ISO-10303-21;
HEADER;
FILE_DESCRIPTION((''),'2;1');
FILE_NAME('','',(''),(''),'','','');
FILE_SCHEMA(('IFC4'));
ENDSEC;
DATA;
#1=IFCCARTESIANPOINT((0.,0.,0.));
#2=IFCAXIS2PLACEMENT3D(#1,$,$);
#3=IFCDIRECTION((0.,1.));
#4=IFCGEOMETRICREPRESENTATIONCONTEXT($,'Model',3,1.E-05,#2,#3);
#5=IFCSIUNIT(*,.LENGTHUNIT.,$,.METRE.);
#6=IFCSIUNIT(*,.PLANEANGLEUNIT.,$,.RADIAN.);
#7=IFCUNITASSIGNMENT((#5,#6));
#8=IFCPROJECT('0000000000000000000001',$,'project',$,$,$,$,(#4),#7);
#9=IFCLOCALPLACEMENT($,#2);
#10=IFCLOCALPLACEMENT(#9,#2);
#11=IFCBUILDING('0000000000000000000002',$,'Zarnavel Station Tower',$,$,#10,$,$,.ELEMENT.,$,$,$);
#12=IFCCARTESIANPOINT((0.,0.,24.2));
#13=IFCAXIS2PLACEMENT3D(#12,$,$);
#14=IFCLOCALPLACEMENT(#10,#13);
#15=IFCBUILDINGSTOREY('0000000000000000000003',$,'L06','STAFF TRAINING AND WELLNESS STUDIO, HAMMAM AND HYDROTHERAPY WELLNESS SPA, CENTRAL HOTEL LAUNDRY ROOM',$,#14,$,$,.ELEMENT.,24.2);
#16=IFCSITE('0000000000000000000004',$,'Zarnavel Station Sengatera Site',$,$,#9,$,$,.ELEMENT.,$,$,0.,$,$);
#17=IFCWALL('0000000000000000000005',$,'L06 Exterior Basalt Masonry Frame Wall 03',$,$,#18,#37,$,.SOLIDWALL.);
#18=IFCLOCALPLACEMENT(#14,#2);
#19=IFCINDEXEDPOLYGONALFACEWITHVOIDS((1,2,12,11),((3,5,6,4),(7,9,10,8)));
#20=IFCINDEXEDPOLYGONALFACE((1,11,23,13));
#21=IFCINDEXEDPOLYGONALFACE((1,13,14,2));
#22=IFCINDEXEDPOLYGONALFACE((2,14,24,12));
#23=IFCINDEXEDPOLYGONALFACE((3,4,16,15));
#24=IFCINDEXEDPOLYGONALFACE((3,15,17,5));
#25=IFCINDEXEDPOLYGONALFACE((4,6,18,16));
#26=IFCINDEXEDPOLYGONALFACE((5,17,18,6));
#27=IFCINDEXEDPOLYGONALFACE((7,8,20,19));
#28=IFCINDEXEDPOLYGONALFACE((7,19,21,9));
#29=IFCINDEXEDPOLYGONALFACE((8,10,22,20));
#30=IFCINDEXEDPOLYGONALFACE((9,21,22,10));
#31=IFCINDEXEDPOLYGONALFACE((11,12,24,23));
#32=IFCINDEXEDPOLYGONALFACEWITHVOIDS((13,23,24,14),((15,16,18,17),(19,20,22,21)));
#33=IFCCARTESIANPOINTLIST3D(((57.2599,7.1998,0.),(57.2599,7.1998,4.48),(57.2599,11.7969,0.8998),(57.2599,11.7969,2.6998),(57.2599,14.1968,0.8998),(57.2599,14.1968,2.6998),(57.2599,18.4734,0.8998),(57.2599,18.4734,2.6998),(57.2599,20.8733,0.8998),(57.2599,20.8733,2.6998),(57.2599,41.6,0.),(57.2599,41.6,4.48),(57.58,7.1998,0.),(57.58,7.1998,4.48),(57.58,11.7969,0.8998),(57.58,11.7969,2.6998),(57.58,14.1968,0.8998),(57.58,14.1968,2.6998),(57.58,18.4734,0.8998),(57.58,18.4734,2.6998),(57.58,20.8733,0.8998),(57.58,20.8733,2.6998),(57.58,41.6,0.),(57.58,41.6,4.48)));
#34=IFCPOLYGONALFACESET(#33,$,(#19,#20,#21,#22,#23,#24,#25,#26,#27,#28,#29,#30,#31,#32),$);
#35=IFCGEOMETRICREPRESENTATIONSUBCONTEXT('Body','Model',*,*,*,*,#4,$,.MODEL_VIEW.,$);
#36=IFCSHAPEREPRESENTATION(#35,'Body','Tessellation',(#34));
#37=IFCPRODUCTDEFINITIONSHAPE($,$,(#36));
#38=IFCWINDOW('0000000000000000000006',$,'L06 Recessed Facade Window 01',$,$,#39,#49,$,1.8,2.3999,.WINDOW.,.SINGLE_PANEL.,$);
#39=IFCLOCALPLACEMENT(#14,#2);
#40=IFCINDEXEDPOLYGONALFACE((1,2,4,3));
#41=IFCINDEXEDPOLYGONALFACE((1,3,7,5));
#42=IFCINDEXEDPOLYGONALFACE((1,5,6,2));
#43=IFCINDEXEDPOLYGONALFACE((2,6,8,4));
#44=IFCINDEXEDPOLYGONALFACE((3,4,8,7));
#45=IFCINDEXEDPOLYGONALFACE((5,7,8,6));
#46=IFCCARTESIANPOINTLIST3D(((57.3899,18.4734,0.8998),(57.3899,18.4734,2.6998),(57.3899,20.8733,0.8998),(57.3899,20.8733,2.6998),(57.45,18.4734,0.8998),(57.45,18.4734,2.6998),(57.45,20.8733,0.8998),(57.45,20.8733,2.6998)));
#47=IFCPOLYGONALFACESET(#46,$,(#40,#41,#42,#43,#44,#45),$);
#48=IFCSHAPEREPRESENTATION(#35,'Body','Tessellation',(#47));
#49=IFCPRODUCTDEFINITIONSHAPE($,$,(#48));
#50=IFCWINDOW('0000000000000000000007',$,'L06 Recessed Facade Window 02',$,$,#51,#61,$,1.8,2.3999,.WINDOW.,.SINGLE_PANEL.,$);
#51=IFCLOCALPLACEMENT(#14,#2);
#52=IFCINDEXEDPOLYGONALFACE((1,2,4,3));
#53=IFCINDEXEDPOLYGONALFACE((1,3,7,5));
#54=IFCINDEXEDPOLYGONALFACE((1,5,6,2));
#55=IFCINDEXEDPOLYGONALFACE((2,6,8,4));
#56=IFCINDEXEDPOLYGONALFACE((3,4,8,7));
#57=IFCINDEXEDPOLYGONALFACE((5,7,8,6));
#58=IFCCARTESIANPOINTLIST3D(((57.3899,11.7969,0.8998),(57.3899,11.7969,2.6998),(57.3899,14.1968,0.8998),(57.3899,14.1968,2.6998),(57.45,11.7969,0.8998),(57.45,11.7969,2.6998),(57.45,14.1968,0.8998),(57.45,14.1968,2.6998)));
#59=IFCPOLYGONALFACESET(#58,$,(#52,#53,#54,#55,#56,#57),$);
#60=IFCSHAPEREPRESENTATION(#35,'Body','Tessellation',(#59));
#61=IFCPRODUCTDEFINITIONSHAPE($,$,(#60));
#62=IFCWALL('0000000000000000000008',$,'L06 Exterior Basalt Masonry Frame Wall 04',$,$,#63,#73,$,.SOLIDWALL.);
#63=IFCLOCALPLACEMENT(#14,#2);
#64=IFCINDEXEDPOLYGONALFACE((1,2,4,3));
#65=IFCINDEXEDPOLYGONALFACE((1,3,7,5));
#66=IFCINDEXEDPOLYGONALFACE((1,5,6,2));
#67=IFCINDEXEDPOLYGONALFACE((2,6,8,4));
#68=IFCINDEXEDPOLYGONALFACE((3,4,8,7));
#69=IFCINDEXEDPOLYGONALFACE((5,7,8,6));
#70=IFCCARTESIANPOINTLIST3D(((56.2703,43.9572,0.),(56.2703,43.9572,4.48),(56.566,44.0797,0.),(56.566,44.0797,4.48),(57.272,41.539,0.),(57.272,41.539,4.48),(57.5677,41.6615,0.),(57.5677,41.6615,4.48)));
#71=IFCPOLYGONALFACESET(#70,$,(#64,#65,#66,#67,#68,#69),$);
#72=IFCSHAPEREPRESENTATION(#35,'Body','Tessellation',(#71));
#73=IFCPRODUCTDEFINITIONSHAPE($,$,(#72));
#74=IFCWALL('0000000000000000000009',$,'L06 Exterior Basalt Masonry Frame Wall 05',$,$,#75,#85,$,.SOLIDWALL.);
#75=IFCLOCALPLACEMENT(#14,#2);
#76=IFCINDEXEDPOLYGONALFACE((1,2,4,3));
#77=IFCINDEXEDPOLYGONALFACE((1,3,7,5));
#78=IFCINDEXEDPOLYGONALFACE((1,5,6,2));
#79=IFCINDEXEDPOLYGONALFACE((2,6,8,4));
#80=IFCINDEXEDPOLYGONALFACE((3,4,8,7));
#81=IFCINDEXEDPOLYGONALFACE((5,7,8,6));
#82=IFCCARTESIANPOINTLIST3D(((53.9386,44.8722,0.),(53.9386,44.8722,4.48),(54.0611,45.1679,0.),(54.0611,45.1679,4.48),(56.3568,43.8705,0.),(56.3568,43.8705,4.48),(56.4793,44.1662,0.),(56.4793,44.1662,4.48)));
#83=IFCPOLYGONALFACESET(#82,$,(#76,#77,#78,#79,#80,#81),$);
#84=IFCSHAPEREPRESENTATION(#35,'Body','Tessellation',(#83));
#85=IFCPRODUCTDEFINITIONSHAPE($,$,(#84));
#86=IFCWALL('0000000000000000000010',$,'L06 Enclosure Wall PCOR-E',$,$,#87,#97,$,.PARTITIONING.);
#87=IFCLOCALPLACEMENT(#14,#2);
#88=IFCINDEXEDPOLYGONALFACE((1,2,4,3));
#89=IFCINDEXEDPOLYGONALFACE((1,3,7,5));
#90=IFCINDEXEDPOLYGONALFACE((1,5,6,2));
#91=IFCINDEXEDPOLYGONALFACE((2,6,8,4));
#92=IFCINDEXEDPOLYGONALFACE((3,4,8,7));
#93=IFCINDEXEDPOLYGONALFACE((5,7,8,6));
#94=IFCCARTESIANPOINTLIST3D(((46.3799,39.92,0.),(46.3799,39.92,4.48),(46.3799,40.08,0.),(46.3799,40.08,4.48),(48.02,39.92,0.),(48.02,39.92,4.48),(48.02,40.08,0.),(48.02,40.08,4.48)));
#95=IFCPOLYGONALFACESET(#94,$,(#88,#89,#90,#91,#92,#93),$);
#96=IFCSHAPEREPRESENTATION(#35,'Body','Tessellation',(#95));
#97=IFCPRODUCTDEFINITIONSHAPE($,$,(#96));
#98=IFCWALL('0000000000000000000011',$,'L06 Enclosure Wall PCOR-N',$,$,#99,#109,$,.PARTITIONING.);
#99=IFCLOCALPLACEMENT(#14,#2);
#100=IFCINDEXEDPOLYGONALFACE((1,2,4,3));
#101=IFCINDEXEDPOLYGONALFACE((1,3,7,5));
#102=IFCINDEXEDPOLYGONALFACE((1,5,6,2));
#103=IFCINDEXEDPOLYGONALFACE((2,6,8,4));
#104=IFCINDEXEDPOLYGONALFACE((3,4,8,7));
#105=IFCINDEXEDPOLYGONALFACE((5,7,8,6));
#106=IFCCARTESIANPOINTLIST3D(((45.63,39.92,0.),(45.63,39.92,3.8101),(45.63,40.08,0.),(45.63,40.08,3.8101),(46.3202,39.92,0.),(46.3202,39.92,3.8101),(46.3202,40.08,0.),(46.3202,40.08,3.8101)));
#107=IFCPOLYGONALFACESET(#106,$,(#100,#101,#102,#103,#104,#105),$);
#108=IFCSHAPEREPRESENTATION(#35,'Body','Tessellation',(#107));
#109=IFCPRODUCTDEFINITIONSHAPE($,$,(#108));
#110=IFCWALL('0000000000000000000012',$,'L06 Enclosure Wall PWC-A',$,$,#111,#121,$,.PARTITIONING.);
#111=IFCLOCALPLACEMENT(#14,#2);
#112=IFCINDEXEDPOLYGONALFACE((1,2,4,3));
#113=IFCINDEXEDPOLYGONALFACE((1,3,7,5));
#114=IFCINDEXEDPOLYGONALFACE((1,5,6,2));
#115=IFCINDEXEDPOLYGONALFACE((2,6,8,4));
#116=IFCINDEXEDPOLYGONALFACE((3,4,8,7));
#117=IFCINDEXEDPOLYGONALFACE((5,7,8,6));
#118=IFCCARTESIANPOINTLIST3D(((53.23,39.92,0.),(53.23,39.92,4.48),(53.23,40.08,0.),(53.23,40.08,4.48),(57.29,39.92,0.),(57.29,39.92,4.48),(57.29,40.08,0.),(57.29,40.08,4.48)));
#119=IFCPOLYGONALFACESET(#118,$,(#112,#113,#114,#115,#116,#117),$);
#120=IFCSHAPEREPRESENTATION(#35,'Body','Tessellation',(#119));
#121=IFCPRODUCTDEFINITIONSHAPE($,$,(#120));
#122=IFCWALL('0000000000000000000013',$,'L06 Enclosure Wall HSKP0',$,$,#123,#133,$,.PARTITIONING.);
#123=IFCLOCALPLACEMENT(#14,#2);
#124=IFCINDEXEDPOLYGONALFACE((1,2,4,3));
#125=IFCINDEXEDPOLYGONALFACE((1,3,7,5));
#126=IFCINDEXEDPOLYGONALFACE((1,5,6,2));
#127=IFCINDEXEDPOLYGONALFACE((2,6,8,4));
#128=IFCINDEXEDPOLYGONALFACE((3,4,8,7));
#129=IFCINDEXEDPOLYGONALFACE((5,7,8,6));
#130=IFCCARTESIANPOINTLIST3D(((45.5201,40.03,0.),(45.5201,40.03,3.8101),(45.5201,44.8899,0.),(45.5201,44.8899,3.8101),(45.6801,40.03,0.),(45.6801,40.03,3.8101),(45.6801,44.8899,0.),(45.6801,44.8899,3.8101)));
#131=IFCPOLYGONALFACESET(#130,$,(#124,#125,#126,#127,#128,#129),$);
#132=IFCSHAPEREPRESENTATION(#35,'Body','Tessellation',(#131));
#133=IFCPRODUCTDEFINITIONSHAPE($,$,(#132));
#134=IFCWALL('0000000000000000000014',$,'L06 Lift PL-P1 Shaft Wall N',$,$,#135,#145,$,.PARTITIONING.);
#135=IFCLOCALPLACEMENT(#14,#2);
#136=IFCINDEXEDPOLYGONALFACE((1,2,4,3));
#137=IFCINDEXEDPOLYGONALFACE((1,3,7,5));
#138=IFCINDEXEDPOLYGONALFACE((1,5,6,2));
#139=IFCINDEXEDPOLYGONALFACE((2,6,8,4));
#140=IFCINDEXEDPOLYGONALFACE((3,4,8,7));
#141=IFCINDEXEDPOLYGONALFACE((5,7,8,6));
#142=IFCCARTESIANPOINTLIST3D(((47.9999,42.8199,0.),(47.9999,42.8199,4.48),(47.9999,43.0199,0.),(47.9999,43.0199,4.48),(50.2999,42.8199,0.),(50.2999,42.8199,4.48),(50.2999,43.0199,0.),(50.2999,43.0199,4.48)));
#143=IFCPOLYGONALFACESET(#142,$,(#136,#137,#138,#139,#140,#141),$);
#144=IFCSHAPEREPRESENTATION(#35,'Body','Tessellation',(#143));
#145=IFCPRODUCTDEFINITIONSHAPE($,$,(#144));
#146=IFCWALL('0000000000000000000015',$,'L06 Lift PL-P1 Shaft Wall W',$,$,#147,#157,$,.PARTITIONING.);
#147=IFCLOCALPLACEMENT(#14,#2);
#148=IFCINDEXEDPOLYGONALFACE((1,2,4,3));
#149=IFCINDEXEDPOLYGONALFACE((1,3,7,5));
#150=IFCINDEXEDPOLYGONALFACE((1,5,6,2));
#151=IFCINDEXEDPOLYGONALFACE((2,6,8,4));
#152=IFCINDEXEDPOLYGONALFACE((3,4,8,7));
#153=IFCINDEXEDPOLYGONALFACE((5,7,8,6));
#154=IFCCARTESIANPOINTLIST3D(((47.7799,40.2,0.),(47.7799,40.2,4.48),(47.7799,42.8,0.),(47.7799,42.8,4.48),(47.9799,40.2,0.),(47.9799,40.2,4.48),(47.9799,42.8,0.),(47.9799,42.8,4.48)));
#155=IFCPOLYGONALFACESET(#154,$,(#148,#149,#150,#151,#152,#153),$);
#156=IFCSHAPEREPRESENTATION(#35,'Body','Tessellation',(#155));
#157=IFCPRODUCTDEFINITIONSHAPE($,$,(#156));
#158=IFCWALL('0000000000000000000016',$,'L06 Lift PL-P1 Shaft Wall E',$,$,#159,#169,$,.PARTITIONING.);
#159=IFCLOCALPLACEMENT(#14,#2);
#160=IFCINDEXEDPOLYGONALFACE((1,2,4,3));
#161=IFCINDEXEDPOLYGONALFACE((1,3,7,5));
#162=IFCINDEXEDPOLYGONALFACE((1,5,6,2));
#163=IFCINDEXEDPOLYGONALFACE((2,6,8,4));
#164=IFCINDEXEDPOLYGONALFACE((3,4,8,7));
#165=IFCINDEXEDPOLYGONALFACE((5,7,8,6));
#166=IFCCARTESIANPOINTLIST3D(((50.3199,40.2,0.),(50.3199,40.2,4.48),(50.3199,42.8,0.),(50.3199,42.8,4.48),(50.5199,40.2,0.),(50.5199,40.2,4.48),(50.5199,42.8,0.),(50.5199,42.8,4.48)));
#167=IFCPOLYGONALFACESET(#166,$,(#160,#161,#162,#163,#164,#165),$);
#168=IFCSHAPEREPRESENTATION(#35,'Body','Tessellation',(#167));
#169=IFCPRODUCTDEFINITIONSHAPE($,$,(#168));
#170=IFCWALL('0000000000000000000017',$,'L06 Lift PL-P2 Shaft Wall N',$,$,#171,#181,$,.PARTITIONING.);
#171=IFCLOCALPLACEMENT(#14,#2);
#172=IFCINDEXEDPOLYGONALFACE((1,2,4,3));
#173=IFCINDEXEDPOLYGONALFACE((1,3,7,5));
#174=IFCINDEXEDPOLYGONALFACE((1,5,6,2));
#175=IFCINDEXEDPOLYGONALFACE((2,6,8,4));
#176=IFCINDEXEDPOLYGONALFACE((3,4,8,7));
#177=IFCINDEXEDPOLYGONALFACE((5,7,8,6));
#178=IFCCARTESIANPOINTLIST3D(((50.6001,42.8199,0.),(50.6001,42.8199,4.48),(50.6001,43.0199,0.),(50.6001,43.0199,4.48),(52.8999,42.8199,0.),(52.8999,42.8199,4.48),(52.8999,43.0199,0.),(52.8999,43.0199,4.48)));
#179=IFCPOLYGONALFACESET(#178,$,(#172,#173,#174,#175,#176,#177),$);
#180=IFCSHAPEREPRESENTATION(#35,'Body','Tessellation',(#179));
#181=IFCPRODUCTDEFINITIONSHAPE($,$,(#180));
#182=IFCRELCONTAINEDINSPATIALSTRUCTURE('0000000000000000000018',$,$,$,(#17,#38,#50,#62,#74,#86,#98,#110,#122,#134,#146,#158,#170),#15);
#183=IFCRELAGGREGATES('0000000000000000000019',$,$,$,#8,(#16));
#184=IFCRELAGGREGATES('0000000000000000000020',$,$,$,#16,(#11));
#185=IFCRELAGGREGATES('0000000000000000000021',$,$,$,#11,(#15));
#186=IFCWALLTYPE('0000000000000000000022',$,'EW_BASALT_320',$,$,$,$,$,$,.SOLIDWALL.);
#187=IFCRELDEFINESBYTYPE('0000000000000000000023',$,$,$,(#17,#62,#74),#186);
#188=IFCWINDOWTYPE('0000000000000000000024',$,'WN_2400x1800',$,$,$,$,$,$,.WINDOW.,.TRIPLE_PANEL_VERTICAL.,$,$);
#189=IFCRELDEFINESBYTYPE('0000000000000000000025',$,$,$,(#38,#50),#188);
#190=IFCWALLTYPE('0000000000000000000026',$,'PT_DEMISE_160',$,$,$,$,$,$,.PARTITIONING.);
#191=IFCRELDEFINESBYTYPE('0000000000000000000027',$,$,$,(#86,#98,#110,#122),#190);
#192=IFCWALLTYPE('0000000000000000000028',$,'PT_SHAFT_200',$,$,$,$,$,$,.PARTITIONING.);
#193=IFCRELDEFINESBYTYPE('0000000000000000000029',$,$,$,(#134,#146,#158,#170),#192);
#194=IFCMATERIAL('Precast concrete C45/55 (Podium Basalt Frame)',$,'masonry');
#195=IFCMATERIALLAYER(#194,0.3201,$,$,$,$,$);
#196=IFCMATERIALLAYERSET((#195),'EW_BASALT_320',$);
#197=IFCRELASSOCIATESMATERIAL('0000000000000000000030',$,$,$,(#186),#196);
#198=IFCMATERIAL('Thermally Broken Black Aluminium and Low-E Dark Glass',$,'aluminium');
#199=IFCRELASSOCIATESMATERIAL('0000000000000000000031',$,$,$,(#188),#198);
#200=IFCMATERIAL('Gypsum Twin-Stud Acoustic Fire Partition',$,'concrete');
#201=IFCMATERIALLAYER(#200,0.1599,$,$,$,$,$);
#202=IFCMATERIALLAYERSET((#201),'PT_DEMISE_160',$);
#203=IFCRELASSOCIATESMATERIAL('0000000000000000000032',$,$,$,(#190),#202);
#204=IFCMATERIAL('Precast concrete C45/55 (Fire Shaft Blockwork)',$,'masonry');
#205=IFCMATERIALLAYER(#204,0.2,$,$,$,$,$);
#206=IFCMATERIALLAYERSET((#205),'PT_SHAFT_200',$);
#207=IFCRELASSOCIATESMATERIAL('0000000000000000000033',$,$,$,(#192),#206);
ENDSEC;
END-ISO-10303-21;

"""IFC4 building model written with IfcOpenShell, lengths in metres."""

from ifc_helpers import new_model, si_unit, direction, frame, frame_2d, origin, place, context, subcontext, project, spatial, rectangle, extrude, material, layer, layer_set, type_object, element, fill, save


model = new_model("IFC4")

# Units and contexts
model_context = context("Model", 3, precision=1e-05, world=origin(), true_north=direction((0.0, 1.0)))
body_context = subcontext(model_context, "Body", "Model", "MODEL_VIEW")
ifc_project = project(units=[si_unit("LENGTHUNIT", "METRE"), si_unit("PLANEANGLEUNIT", "RADIAN")], contexts=[model_context])

# Site, building, storey
site_placement = place(None, origin())
site = spatial("IfcSite", under=ifc_project, at=site_placement, Name="Zarnavel Station Sengatera Site", CompositionType="ELEMENT", RefElevation=0.0)
building_placement = place(site_placement, origin())
building = spatial("IfcBuilding", under=site, at=building_placement, Name="Zarnavel Station Tower", CompositionType="ELEMENT")
storey_placement = place(building_placement, frame((0.0, 0.0, 24.2)))
storey = spatial("IfcBuildingStorey", under=building, at=storey_placement, Name="L06", Description="STAFF TRAINING AND WELLNESS STUDIO, HAMMAM AND HYDROTHERAPY WELLNESS SPA, CENTRAL HOTEL LAUNDRY ROOM", CompositionType="ELEMENT", Elevation=24.2)

# Wall, openings, windows
ifc_material_1 = material(Name="Precast concrete C45/55 (Podium Basalt Frame)", Category="masonry")
ifc_layer_1 = layer(ifc_material_1, 0.3201)
ifc_layer_set_1 = layer_set([ifc_layer_1], Name="EW_BASALT_320")
wall_type_1 = type_object("IfcWallType", Name="EW_BASALT_320", PredefinedType="SOLIDWALL", material=ifc_layer_set_1)
wall_1_placement = place(storey_placement, frame((57.4199, 41.6001, 0.0), z_axis=(0.0, 0.0, 1.0), x_axis=(0.0, -1.0, 0.0)))
wall_1 = element("IfcWall", 1, at=wall_1_placement, inside=storey, type_object=wall_type_1, Name="L06 Exterior Basalt Masonry Frame Wall 03", PredefinedType="SOLIDWALL", context=body_context, shape_type="SweptSolid", body=[
    extrude(rectangle(XDim=34.4001, YDim=0.3201, at=frame_2d((17.2002, 0.0))), origin(), (0.0, 0.0, 1.0), 4.48),
])
opening_1_placement = place(wall_1_placement, frame((20.7268, 0.0, 0.8999)))
opening_1 = element("IfcOpeningElement", 2, at=opening_1_placement, cuts=wall_1, PredefinedType="OPENING", context=body_context, shape_type="SweptSolid", body=[
    extrude(rectangle(XDim=2.3999, YDim=1.8, at=frame_2d((1.2, 0.8999))), frame((0.0, 0.1699, 0.0), z_axis=(0.0, -1.0, 0.0), x_axis=(1.0, 0.0, 0.0)), (0.0, 0.0, 1.0), 0.3401),
])
opening_2_placement = place(wall_1_placement, frame((27.4033, 0.0, 0.8999)))
opening_2 = element("IfcOpeningElement", 3, at=opening_2_placement, cuts=wall_1, PredefinedType="OPENING", context=body_context, shape_type="SweptSolid", body=[
    extrude(rectangle(XDim=2.3999, YDim=1.8, at=frame_2d((1.2, 0.8999))), frame((0.0, 0.1699, 0.0), z_axis=(0.0, -1.0, 0.0), x_axis=(1.0, 0.0, 0.0)), (0.0, 0.0, 1.0), 0.3401),
])
ifc_material_2 = material(Name="Thermally Broken Black Aluminium and Low-E Dark Glass", Category="aluminium")
window_type = type_object("IfcWindowType", Name="WN_2400x1800", PartitioningType="TRIPLE_PANEL_VERTICAL", PredefinedType="WINDOW", material=ifc_material_2)
window_1_placement = place(opening_1_placement, origin())
window_1 = element("IfcWindow", 4, at=window_1_placement, inside=storey, type_object=window_type, Name="L06 Recessed Facade Window 01", OverallHeight=1.8, OverallWidth=2.3999, PartitioningType="SINGLE_PANEL", PredefinedType="WINDOW", context=body_context, shape_type="SweptSolid", body=[
    extrude(rectangle(XDim=2.3999, YDim=1.8, at=frame_2d((1.2, 0.8999))), frame((0.0, 0.03, 0.0), z_axis=(0.0, -1.0, 0.0), x_axis=(1.0, 0.0, 0.0)), (0.0, 0.0, 1.0), 0.0601),
])
fill(opening_1, window_1)
window_2_placement = place(opening_2_placement, origin())
window_2 = element("IfcWindow", 5, at=window_2_placement, inside=storey, type_object=window_type, Name="L06 Recessed Facade Window 02", OverallHeight=1.8, OverallWidth=2.3999, PartitioningType="SINGLE_PANEL", PredefinedType="WINDOW", context=body_context, shape_type="SweptSolid", body=[
    extrude(rectangle(XDim=2.3999, YDim=1.8, at=frame_2d((1.2, 0.8999))), frame((0.0, 0.03, 0.0), z_axis=(0.0, -1.0, 0.0), x_axis=(1.0, 0.0, 0.0)), (0.0, 0.0, 1.0), 0.0601),
])
fill(opening_2, window_2)

# Walls
for number, where, z_axis, x_axis, name in (
    (6, (56.4182, 44.0183, 0.0), (0.0, 0.0, 1.0), (0.382701, -0.923872, 0.0), "L06 Exterior Basalt Masonry Frame Wall 04"),
    (7, (54.0, 45.02, 0.0), (0.0, 0.0, 1.0), (0.923872, -0.382701, 0.0), "L06 Exterior Basalt Masonry Frame Wall 05"),
):
    element("IfcWall", number, at=place(storey_placement, frame(where, z_axis=z_axis, x_axis=x_axis)), inside=storey, type_object=wall_type_1, Name=name, PredefinedType="SOLIDWALL", context=body_context, shape_type="SweptSolid", body=[
        extrude(rectangle(XDim=2.6174, YDim=0.3201, at=frame_2d((1.3086, 0.0))), origin(), (0.0, 0.0, 1.0), 4.48),
    ])
ifc_material_3 = material(Name="Gypsum Twin-Stud Acoustic Fire Partition", Category="concrete")
ifc_layer_2 = layer(ifc_material_3, 0.1599)
ifc_layer_set_2 = layer_set([ifc_layer_2], Name="PT_DEMISE_160")
wall_type_2 = type_object("IfcWallType", Name="PT_DEMISE_160", PredefinedType="PARTITIONING", material=ifc_layer_set_2)
wall_2_placement = place(storey_placement, frame((46.3799, 40.0, 0.0), z_axis=(0.0, 0.0, 1.0), x_axis=(1.0, 0.0, 0.0)))
element("IfcWall", 8, at=wall_2_placement, inside=storey, type_object=wall_type_2, Name="L06 Enclosure Wall PCOR-E", PredefinedType="PARTITIONING", context=body_context, shape_type="SweptSolid", body=[
    extrude(rectangle(XDim=1.6401, YDim=0.1599, at=frame_2d((0.8201, 0.0))), origin(), (0.0, 0.0, 1.0), 4.48),
])
wall_3_placement = place(storey_placement, frame((45.6299, 40.0, 0.0), z_axis=(0.0, 0.0, 1.0), x_axis=(1.0, 0.0, 0.0)))
element("IfcWall", 9, at=wall_3_placement, inside=storey, type_object=wall_type_2, Name="L06 Enclosure Wall PCOR-N", PredefinedType="PARTITIONING", context=body_context, shape_type="SweptSolid", body=[
    extrude(rectangle(XDim=0.6902, YDim=0.1599, at=frame_2d((0.3452, 0.0))), origin(), (0.0, 0.0, 1.0), 3.8101),
])
wall_4_placement = place(storey_placement, frame((53.23, 40.0, 0.0), z_axis=(0.0, 0.0, 1.0), x_axis=(1.0, 0.0, 0.0)))
element("IfcWall", 10, at=wall_4_placement, inside=storey, type_object=wall_type_2, Name="L06 Enclosure Wall PWC-A", PredefinedType="PARTITIONING", context=body_context, shape_type="SweptSolid", body=[
    extrude(rectangle(XDim=4.0601, YDim=0.1599, at=frame_2d((2.03, 0.0))), origin(), (0.0, 0.0, 1.0), 4.48),
])
wall_5_placement = place(storey_placement, frame((45.6001, 40.03, 0.0), z_axis=(0.0, 0.0, 1.0), x_axis=(0.0, 1.0, 0.0)))
element("IfcWall", 11, at=wall_5_placement, inside=storey, type_object=wall_type_2, Name="L06 Enclosure Wall HSKP0", PredefinedType="PARTITIONING", context=body_context, shape_type="SweptSolid", body=[
    extrude(rectangle(XDim=4.8599, YDim=0.1599, at=frame_2d((2.4299, 0.0))), origin(), (0.0, 0.0, 1.0), 3.8101),
])

# Shared definitions
ifc_material_4 = material(Name="Precast concrete C45/55 (Fire Shaft Blockwork)", Category="masonry")
ifc_layer_3 = layer(ifc_material_4, 0.2)
ifc_layer_set_3 = layer_set([ifc_layer_3], Name="PT_SHAFT_200")
wall_type_3 = type_object("IfcWallType", Name="PT_SHAFT_200", PredefinedType="PARTITIONING", material=ifc_layer_set_3)

# Walls
wall_6_placement = place(storey_placement, frame((48.0, 42.9199, 0.0), z_axis=(0.0, 0.0, 1.0), x_axis=(1.0, 0.0, 0.0)))
element("IfcWall", 12, at=wall_6_placement, inside=storey, type_object=wall_type_3, Name="L06 Lift PL-P1 Shaft Wall N", PredefinedType="PARTITIONING", context=body_context, shape_type="SweptSolid", body=[
    extrude(rectangle(XDim=2.3, YDim=0.2, at=frame_2d((1.1499, 0.0))), origin(), (0.0, 0.0, 1.0), 4.48),
])
for number, where, z_axis, x_axis, name in (
    (13, (47.8799, 40.2, 0.0), (0.0, 0.0, 1.0), (0.0, 1.0, 0.0), "L06 Lift PL-P1 Shaft Wall W"),
    (14, (50.4199, 40.2, 0.0), (0.0, 0.0, 1.0), (0.0, 1.0, 0.0), "L06 Lift PL-P1 Shaft Wall E"),
):
    element("IfcWall", number, at=place(storey_placement, frame(where, z_axis=z_axis, x_axis=x_axis)), inside=storey, type_object=wall_type_3, Name=name, PredefinedType="PARTITIONING", context=body_context, shape_type="SweptSolid", body=[
        extrude(rectangle(XDim=2.6001, YDim=0.2, at=frame_2d((1.3, 0.0))), origin(), (0.0, 0.0, 1.0), 4.48),
    ])

# Wall
wall_7_placement = place(storey_placement, frame((50.6001, 42.9199, 0.0), z_axis=(0.0, 0.0, 1.0), x_axis=(1.0, 0.0, 0.0)))
element("IfcWall", 15, at=wall_7_placement, inside=storey, type_object=wall_type_3, Name="L06 Lift PL-P2 Shaft Wall N", PredefinedType="PARTITIONING", context=body_context, shape_type="SweptSolid", body=[
    extrude(rectangle(XDim=2.2998, YDim=0.2, at=frame_2d((1.1499, 0.0))), origin(), (0.0, 0.0, 1.0), 4.48),
])

save(model, "model.ifc")
